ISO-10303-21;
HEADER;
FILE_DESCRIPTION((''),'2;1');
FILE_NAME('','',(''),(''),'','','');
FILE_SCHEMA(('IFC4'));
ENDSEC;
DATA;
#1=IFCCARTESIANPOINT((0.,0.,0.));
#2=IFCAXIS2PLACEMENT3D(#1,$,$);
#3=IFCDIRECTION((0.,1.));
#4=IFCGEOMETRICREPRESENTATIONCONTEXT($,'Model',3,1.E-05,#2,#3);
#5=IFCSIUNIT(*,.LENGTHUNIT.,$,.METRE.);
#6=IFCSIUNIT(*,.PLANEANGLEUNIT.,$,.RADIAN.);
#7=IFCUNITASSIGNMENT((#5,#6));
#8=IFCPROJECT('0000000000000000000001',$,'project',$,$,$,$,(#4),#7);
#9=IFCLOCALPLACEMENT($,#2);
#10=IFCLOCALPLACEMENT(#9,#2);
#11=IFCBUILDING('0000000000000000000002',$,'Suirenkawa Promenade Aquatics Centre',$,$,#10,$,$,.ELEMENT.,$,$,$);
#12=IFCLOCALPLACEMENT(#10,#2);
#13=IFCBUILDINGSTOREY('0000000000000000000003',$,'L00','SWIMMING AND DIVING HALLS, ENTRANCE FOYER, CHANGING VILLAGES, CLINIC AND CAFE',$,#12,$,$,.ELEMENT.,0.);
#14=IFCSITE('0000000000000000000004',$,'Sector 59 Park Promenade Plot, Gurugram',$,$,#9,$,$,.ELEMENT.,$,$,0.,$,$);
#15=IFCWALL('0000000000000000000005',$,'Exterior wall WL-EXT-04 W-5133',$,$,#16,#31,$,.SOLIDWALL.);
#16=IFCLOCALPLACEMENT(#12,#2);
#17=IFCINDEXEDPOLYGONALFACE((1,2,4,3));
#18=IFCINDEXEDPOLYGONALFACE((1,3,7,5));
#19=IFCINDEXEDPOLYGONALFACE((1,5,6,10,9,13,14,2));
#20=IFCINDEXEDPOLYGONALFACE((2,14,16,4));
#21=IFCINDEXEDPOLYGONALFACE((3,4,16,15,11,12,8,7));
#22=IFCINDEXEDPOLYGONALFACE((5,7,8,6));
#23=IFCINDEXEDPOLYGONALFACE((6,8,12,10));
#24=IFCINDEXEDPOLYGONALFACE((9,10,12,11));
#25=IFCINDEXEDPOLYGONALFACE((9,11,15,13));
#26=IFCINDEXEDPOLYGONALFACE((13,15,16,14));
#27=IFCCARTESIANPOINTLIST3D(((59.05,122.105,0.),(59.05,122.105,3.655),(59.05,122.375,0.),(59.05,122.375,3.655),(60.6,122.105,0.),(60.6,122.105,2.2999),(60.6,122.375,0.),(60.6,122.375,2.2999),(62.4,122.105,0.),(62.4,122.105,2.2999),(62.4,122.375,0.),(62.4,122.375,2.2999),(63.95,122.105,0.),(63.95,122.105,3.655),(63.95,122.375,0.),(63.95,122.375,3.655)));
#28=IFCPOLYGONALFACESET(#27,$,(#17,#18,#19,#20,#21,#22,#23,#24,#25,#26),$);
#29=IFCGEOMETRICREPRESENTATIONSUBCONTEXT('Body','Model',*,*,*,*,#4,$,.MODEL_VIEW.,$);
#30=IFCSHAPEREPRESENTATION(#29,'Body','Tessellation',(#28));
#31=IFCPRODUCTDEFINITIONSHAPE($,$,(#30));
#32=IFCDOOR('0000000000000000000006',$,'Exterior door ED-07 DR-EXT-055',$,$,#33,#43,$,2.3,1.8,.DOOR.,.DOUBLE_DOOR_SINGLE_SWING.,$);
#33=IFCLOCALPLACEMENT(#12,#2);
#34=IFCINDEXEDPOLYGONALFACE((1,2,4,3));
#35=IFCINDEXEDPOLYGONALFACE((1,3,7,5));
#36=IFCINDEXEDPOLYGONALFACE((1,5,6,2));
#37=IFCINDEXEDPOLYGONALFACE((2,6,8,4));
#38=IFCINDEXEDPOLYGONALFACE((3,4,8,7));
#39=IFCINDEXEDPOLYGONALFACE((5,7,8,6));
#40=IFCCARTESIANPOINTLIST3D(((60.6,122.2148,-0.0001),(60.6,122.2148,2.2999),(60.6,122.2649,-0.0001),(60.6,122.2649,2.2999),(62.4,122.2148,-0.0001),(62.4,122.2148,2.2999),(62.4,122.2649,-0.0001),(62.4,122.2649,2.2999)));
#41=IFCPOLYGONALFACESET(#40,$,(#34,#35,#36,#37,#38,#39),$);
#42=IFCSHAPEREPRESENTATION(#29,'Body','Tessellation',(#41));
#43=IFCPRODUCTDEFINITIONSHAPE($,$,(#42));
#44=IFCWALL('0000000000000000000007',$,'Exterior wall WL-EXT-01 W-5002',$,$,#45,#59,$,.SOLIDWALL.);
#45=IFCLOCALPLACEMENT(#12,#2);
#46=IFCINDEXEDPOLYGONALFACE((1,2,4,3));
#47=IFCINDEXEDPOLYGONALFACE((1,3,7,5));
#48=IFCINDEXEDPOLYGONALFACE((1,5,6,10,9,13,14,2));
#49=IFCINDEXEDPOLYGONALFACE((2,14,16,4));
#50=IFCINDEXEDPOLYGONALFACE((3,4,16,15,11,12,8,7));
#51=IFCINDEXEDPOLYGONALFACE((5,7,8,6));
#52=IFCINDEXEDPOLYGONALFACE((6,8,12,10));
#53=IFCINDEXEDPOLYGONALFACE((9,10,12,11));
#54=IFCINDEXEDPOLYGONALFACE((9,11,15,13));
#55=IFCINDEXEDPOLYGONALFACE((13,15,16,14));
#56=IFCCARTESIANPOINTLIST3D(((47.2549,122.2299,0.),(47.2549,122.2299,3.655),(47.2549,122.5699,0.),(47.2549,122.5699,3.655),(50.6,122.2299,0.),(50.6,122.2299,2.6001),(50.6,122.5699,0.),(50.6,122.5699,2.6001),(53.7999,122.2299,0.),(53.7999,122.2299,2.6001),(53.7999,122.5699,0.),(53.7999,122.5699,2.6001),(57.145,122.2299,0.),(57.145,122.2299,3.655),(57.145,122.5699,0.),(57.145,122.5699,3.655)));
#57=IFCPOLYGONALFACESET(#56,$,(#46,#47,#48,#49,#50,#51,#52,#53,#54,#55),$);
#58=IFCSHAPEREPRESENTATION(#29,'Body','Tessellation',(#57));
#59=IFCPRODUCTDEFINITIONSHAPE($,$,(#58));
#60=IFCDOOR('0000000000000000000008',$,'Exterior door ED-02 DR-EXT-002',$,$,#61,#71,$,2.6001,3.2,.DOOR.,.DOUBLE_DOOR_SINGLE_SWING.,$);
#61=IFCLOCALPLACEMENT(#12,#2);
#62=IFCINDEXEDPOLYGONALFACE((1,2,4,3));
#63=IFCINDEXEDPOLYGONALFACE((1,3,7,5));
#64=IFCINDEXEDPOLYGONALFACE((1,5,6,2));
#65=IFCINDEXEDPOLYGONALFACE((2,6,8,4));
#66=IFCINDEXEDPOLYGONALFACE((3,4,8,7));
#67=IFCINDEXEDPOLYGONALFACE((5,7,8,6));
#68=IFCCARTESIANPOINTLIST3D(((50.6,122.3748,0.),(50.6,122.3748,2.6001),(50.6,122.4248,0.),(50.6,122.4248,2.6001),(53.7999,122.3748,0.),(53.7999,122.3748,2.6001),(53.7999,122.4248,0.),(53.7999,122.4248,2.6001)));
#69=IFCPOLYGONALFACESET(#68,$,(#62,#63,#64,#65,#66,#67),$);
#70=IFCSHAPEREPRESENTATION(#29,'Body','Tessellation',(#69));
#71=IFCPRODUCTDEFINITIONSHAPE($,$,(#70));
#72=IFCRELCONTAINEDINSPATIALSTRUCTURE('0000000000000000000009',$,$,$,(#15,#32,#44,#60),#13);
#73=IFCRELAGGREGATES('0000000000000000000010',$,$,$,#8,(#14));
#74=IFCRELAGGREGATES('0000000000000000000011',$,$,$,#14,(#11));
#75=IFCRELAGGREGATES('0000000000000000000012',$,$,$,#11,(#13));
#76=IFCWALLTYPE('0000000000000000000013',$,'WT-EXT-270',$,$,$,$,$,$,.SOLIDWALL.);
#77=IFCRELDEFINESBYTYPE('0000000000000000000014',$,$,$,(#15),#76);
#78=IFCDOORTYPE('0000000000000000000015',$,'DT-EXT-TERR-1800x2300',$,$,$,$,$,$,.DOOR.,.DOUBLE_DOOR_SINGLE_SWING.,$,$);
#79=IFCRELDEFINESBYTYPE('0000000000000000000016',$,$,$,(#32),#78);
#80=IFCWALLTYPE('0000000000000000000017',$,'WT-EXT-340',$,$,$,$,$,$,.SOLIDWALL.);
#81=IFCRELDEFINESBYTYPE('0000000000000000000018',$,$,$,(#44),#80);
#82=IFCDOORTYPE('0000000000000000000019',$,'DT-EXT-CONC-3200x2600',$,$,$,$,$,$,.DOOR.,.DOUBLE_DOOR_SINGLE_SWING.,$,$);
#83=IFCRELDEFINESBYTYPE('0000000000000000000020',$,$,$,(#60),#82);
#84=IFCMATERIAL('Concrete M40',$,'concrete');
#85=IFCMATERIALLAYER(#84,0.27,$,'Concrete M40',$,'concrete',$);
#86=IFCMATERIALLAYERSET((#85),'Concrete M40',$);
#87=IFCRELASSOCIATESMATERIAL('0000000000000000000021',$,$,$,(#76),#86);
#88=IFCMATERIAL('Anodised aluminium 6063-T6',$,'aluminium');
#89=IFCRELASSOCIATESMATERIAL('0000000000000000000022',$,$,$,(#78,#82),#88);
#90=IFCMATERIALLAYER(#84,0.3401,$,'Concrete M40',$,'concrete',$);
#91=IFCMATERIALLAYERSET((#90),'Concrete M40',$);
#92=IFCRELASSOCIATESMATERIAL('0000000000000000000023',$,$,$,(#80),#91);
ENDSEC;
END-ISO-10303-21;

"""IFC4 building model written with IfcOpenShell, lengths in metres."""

from ifc_helpers import new_model, si_unit, direction, frame, frame_2d, origin, place, context, subcontext, project, spatial, rectangle, extrude, material, layer, layer_set, type_object, element, fill, save


model = new_model("IFC4")

# Units and contexts
model_context = context("Model", 3, precision=1e-05, world=origin(), true_north=direction((0.0, 1.0)))
body_context = subcontext(model_context, "Body", "Model", "MODEL_VIEW")
ifc_project = project(units=[si_unit("LENGTHUNIT", "METRE"), si_unit("PLANEANGLEUNIT", "RADIAN")], contexts=[model_context])

# Site, building, storey
site_placement = place(None, origin())
site = spatial("IfcSite", under=ifc_project, at=site_placement, Name="Sector 59 Park Promenade Plot, Gurugram", CompositionType="ELEMENT", RefElevation=0.0)
building_placement = place(site_placement, origin())
building = spatial("IfcBuilding", under=site, at=building_placement, Name="Suirenkawa Promenade Aquatics Centre", CompositionType="ELEMENT")
storey_placement = place(building_placement, origin())
storey = spatial("IfcBuildingStorey", under=building, at=storey_placement, Name="L00", Description="SWIMMING AND DIVING HALLS, ENTRANCE FOYER, CHANGING VILLAGES, CLINIC AND CAFE", CompositionType="ELEMENT", Elevation=0.0)

# Shared definitions
ifc_material_1 = material(Name="Concrete M40", Category="concrete")

# Walls, openings, doors
ifc_layer_1 = layer(ifc_material_1, 0.27, Name="Concrete M40", Category="concrete")
ifc_layer_set_1 = layer_set([ifc_layer_1], Name="Concrete M40")
wall_type_1 = type_object("IfcWallType", Name="WT-EXT-270", PredefinedType="SOLIDWALL", material=ifc_layer_set_1)
wall_1_placement = place(storey_placement, frame((59.05, 122.24, 0.0), z_axis=(0.0, 0.0, 1.0), x_axis=(1.0, 0.0, 0.0)))
wall_1 = element("IfcWall", 1, at=wall_1_placement, inside=storey, type_object=wall_type_1, Name="Exterior wall WL-EXT-04 W-5133", PredefinedType="SOLIDWALL", context=body_context, shape_type="SweptSolid", body=[
    extrude(rectangle(XDim=4.8999, YDim=0.27, at=frame_2d((2.45, 0.0))), origin(), (0.0, 0.0, 1.0), 3.655),
])
opening_1_placement = place(wall_1_placement, frame((1.55, 0.0, 0.0)))
opening_1 = element("IfcOpeningElement", 2, at=opening_1_placement, cuts=wall_1, PredefinedType="OPENING", context=body_context, shape_type="SweptSolid", body=[
    extrude(rectangle(XDim=1.8, YDim=2.3, at=frame_2d((0.8999, 1.1499))), frame((0.0, 0.145, 0.0), z_axis=(0.0, -1.0, 0.0), x_axis=(1.0, 0.0, 0.0)), (0.0, 0.0, 1.0), 0.29),
])
ifc_material_2 = material(Name="Anodised aluminium 6063-T6", Category="aluminium")
door_type_1 = type_object("IfcDoorType", Name="DT-EXT-TERR-1800x2300", OperationType="DOUBLE_DOOR_SINGLE_SWING", PredefinedType="DOOR", material=ifc_material_2)
door_1_placement = place(opening_1_placement, origin())
door_1 = element("IfcDoor", 3, at=door_1_placement, inside=storey, type_object=door_type_1, Name="Exterior door ED-07 DR-EXT-055", OperationType="DOUBLE_DOOR_SINGLE_SWING", OverallHeight=2.3, OverallWidth=1.8, PredefinedType="DOOR", context=body_context, shape_type="SweptSolid", body=[
    extrude(rectangle(XDim=1.8, YDim=2.3, at=frame_2d((0.8999, 1.1499))), frame((0.0, 0.0249, 0.0), z_axis=(0.0, -1.0, 0.0), x_axis=(1.0, 0.0, 0.0)), (0.0, 0.0, 1.0), 0.05),
])
fill(opening_1, door_1)
ifc_layer_2 = layer(ifc_material_1, 0.3401, Name="Concrete M40", Category="concrete")
ifc_layer_set_2 = layer_set([ifc_layer_2], Name="Concrete M40")
wall_type_2 = type_object("IfcWallType", Name="WT-EXT-340", PredefinedType="SOLIDWALL", material=ifc_layer_set_2)
wall_2_placement = place(storey_placement, frame((47.2549, 122.3999, 0.0), z_axis=(0.0, 0.0, 1.0), x_axis=(1.0, 0.0, 0.0)))
wall_2 = element("IfcWall", 4, at=wall_2_placement, inside=storey, type_object=wall_type_2, Name="Exterior wall WL-EXT-01 W-5002", PredefinedType="SOLIDWALL", context=body_context, shape_type="SweptSolid", body=[
    extrude(rectangle(XDim=9.8901, YDim=0.3401, at=frame_2d((4.9451, 0.0))), origin(), (0.0, 0.0, 1.0), 3.655),
])
opening_2_placement = place(wall_2_placement, frame((3.345, 0.0, 0.0)))
opening_2 = element("IfcOpeningElement", 5, at=opening_2_placement, cuts=wall_2, PredefinedType="OPENING", context=body_context, shape_type="SweptSolid", body=[
    extrude(rectangle(XDim=3.2, YDim=2.6001, at=frame_2d((1.6001, 1.3))), frame((0.0, 0.1799, 0.0), z_axis=(0.0, -1.0, 0.0), x_axis=(1.0, 0.0, 0.0)), (0.0, 0.0, 1.0), 0.3601),
])
door_type_2 = type_object("IfcDoorType", Name="DT-EXT-CONC-3200x2600", OperationType="DOUBLE_DOOR_SINGLE_SWING", PredefinedType="DOOR", material=ifc_material_2)
door_2_placement = place(opening_2_placement, origin())
door_2 = element("IfcDoor", 6, at=door_2_placement, inside=storey, type_object=door_type_2, Name="Exterior door ED-02 DR-EXT-002", OperationType="DOUBLE_DOOR_SINGLE_SWING", OverallHeight=2.6001, OverallWidth=3.2, PredefinedType="DOOR", context=body_context, shape_type="SweptSolid", body=[
    extrude(rectangle(XDim=3.2, YDim=2.6001, at=frame_2d((1.6001, 1.3))), frame((0.0, 0.0249, 0.0), z_axis=(0.0, -1.0, 0.0), x_axis=(1.0, 0.0, 0.0)), (0.0, 0.0, 1.0), 0.05),
])
fill(opening_2, door_2)

save(model, "model.ifc")
